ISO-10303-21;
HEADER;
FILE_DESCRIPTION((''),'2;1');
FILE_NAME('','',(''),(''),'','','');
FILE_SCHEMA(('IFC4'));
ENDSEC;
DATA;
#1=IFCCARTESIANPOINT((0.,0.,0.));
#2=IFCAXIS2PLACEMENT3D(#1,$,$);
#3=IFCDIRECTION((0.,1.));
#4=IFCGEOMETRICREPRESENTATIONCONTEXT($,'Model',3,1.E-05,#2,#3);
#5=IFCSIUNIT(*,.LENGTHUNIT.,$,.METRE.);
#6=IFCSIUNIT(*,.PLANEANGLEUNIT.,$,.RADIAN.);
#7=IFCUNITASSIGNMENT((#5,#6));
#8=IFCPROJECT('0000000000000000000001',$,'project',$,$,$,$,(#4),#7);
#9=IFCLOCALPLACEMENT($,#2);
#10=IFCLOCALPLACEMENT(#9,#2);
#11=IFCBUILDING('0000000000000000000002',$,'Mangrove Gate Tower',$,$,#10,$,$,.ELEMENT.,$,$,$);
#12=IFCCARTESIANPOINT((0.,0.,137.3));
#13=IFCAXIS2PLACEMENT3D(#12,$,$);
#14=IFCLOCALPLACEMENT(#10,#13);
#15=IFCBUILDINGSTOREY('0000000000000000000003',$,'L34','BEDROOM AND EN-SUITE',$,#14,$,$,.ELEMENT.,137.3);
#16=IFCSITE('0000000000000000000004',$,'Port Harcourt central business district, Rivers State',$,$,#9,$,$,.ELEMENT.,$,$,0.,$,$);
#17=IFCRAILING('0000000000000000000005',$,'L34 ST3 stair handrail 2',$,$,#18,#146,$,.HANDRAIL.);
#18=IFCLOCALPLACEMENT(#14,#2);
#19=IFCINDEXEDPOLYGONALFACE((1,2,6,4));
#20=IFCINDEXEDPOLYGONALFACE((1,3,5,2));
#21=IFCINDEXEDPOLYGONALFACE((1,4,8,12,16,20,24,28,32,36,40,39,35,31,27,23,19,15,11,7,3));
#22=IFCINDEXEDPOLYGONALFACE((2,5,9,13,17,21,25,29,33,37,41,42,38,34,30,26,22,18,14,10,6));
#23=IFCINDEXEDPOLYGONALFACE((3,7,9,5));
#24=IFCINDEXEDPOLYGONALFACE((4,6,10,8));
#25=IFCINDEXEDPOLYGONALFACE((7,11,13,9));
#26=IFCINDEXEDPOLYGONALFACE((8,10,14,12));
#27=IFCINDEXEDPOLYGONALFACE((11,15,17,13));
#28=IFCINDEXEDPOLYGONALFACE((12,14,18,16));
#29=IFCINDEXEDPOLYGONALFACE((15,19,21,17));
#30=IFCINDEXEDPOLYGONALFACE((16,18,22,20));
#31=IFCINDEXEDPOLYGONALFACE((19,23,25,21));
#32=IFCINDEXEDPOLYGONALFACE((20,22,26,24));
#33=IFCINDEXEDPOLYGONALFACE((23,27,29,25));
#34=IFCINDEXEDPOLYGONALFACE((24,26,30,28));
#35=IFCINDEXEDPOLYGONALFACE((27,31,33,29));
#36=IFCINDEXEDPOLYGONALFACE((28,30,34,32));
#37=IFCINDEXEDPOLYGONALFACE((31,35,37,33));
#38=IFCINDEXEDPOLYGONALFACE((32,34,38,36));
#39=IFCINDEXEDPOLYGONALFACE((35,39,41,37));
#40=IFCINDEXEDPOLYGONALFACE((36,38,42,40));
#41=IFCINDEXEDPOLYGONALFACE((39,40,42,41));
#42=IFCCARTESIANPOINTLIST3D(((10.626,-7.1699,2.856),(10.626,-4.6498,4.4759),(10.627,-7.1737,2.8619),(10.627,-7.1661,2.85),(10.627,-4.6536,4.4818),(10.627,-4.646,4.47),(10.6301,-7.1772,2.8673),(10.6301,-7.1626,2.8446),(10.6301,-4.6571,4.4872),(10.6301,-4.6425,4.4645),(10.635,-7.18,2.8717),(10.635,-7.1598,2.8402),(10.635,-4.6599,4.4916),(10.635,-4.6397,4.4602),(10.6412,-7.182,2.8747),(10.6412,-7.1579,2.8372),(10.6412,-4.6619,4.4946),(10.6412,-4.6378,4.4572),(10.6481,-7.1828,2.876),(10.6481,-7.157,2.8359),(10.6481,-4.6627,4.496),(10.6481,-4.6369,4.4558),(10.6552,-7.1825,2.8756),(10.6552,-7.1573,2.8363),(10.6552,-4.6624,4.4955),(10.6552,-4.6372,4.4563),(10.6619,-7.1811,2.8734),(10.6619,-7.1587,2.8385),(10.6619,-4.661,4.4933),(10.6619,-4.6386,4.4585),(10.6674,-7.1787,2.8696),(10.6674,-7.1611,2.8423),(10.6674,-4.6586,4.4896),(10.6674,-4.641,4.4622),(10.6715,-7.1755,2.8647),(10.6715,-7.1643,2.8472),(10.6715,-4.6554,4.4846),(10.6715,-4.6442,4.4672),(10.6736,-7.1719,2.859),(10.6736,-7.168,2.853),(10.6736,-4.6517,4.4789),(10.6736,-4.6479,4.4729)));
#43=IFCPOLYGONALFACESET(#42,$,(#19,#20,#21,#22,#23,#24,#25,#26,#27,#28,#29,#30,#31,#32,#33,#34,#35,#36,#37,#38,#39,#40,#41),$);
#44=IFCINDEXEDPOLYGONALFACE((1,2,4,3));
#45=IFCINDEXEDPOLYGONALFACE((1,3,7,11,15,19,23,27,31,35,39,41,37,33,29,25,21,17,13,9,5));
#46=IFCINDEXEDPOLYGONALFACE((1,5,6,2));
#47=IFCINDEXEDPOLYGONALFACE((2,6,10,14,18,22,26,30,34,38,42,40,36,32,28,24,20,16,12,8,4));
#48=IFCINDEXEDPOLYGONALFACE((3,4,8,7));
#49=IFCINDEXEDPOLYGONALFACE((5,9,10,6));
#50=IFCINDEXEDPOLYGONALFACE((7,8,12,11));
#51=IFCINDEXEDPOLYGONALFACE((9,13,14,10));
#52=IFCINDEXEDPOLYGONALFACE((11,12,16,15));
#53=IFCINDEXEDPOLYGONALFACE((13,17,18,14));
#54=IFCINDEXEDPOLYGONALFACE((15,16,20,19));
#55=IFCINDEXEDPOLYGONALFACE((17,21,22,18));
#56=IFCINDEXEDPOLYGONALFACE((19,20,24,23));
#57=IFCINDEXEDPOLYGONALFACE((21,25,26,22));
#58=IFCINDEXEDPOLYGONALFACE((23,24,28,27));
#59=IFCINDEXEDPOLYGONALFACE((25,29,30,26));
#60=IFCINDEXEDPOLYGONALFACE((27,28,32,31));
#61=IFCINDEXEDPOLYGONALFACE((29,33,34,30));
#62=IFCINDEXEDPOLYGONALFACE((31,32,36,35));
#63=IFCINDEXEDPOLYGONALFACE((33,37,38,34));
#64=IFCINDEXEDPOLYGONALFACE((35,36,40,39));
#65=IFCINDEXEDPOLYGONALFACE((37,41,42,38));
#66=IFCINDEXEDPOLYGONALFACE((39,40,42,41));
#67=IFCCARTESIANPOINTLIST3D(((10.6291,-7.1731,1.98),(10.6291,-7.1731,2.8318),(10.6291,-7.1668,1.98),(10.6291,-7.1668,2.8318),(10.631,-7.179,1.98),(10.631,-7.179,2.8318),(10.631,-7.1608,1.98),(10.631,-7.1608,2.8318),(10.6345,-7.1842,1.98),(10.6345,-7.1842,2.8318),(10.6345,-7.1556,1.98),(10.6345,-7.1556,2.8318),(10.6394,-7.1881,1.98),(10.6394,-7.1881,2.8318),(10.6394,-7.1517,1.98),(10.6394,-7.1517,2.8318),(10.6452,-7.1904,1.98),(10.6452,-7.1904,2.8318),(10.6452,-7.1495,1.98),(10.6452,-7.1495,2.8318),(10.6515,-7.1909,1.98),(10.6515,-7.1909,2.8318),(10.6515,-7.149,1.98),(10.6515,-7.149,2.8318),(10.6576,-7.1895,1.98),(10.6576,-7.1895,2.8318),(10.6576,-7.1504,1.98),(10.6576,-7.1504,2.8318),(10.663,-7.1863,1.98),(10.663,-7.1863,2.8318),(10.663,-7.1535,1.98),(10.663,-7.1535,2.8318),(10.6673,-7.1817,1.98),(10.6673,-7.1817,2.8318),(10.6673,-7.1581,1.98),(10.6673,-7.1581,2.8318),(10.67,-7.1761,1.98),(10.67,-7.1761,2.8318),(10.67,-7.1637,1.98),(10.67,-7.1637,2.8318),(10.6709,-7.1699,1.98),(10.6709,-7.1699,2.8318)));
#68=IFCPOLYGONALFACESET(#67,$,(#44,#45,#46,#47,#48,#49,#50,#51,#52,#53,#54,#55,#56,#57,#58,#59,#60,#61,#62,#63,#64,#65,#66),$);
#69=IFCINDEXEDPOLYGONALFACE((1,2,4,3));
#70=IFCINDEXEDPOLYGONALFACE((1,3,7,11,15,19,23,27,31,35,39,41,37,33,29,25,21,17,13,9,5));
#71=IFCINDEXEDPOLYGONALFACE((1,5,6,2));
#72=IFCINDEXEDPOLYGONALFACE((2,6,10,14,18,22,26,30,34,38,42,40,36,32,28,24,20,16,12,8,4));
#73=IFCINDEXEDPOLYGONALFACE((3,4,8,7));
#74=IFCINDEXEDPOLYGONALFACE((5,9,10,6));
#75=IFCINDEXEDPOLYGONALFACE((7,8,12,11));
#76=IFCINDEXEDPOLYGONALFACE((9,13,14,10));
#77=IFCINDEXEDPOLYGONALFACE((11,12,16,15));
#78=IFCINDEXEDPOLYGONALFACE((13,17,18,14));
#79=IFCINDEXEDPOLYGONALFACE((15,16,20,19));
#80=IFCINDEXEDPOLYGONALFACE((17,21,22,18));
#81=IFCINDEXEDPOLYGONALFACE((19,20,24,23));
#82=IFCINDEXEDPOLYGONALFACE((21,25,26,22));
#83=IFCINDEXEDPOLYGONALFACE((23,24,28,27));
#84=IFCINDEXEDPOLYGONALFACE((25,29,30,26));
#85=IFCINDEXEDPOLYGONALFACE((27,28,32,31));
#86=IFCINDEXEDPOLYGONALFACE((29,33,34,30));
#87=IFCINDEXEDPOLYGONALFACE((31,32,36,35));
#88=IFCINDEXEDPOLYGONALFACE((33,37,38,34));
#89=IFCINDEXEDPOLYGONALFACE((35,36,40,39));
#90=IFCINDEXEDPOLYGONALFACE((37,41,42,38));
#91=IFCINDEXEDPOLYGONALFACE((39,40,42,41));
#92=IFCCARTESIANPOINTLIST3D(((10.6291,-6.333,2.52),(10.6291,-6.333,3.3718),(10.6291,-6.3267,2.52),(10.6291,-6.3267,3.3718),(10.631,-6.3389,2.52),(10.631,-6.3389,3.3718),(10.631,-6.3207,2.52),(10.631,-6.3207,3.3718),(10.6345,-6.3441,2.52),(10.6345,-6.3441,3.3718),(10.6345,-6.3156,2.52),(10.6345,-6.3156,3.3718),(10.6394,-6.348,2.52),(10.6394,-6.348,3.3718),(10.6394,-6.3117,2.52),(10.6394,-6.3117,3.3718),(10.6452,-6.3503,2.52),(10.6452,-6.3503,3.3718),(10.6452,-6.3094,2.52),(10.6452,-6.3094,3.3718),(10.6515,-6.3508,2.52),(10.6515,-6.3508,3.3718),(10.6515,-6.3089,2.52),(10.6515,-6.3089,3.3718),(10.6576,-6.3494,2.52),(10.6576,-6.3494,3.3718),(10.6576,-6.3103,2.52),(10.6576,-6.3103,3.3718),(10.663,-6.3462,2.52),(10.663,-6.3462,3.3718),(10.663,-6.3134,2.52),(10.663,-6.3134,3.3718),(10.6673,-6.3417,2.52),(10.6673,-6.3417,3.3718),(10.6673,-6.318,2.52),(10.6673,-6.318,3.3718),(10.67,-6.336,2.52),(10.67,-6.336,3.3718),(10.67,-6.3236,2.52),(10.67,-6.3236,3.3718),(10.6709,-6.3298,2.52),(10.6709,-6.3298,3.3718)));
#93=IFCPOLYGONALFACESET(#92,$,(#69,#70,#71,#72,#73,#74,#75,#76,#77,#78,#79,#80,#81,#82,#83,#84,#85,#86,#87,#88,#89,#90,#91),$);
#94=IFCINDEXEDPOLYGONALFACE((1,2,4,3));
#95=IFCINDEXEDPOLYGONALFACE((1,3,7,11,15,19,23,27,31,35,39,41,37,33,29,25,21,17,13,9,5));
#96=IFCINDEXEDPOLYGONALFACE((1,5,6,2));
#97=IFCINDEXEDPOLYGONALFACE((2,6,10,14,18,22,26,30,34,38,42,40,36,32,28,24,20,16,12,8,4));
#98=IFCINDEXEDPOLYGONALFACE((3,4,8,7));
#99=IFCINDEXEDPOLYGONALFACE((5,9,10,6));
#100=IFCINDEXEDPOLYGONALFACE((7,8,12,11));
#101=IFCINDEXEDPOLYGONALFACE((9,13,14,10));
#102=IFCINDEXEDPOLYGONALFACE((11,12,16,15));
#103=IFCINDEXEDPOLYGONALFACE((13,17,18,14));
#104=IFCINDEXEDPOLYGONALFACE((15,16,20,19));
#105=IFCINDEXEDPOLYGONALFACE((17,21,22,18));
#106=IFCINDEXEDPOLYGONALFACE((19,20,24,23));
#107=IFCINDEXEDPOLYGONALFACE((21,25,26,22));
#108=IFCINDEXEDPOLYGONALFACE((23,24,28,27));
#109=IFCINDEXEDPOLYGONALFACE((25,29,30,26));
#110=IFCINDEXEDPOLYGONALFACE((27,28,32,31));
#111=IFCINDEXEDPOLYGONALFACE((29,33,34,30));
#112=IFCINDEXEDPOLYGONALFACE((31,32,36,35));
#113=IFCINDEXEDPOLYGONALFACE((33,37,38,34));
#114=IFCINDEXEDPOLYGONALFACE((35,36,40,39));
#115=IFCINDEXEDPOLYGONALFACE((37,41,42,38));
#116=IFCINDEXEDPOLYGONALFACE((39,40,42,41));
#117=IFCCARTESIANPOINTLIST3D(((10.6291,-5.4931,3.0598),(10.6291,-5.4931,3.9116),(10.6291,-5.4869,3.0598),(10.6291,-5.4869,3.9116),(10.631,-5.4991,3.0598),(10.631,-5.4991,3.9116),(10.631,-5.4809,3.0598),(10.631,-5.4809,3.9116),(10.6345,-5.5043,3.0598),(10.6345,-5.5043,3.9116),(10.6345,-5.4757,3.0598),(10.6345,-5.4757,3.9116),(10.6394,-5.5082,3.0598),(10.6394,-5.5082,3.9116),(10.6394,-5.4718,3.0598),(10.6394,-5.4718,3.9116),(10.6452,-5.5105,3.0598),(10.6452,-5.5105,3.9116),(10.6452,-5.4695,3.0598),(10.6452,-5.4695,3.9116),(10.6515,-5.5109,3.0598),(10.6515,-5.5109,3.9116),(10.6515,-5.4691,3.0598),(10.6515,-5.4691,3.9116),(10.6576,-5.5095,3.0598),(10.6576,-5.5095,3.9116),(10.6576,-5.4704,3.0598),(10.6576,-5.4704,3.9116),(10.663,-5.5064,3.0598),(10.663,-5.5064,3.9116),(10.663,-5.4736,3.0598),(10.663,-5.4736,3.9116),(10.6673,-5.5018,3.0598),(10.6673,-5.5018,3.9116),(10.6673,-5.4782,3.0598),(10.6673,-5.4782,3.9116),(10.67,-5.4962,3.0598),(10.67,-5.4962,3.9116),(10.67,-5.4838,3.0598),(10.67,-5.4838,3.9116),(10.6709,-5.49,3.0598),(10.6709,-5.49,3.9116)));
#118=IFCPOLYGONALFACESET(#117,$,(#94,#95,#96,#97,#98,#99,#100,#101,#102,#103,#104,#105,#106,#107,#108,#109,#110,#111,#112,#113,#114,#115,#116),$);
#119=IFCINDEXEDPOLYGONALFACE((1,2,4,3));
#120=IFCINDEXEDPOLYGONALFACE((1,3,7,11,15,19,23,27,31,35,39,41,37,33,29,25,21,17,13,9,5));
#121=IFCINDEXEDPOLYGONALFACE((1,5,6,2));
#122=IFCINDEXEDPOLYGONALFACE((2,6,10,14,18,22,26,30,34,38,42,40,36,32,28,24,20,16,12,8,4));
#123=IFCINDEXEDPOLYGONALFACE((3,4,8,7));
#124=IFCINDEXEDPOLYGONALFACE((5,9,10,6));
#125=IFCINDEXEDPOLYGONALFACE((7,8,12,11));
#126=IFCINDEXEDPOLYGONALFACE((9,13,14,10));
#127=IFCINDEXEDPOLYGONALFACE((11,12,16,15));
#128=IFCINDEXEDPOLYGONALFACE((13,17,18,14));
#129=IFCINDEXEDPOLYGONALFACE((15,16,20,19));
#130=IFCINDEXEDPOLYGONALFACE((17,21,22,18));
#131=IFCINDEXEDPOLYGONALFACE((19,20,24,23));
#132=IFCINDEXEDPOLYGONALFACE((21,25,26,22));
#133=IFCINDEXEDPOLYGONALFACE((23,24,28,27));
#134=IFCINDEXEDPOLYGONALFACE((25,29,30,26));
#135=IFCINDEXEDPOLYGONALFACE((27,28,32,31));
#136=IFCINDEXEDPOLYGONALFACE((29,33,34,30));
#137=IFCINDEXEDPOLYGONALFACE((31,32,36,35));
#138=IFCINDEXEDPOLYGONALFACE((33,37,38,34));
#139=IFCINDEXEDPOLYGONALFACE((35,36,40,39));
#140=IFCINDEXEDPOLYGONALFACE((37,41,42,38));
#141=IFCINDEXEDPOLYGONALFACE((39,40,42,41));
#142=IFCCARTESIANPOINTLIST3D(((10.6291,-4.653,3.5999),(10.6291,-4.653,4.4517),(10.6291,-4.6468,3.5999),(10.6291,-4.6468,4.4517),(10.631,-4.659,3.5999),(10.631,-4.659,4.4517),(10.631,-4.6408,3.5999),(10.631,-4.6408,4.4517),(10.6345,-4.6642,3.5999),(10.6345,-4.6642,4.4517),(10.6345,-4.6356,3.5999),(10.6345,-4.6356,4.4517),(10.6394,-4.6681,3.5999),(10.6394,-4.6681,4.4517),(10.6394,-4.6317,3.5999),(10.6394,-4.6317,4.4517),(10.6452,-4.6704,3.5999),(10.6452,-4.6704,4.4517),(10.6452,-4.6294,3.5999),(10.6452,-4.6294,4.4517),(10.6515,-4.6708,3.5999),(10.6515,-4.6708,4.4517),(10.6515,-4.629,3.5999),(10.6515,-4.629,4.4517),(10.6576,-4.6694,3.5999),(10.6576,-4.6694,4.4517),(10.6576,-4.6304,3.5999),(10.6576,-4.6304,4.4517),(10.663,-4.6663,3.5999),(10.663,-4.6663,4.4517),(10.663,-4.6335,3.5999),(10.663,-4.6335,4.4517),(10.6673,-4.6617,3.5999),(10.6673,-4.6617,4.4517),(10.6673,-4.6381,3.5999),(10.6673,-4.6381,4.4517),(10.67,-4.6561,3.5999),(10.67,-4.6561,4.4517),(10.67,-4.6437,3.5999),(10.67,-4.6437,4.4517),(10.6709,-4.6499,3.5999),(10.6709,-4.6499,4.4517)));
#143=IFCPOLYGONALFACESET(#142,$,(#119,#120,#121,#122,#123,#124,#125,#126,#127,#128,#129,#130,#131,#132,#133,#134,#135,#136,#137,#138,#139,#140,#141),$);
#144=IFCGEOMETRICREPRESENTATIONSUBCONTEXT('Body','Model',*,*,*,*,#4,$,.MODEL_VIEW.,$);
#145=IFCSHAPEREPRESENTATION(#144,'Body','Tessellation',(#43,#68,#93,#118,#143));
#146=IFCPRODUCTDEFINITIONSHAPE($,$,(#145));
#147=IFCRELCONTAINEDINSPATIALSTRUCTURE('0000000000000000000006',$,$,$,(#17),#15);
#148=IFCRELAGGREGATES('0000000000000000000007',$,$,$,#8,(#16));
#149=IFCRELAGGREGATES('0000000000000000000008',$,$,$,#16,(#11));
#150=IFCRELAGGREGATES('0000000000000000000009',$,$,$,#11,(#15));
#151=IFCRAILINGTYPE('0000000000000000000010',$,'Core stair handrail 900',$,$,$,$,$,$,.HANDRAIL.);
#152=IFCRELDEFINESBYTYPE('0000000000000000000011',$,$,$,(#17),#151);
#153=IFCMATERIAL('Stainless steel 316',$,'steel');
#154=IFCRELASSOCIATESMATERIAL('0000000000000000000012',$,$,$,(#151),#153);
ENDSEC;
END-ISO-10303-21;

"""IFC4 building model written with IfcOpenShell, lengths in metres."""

from ifc_helpers import new_model, si_unit, direction, frame, origin, origin_2d, place, context, subcontext, project, spatial, circle, extrude, material, type_object, element, save


model = new_model("IFC4")

# Units and contexts
model_context = context("Model", 3, precision=1e-05, world=origin(), true_north=direction((0.0, 1.0)))
body_context = subcontext(model_context, "Body", "Model", "MODEL_VIEW")
ifc_project = project(units=[si_unit("LENGTHUNIT", "METRE"), si_unit("PLANEANGLEUNIT", "RADIAN")], contexts=[model_context])

# Site, building, storey
site_placement = place(None, origin())
site = spatial("IfcSite", under=ifc_project, at=site_placement, Name="Port Harcourt central business district, Rivers State", CompositionType="ELEMENT", RefElevation=0.0)
building_placement = place(site_placement, origin())
building = spatial("IfcBuilding", under=site, at=building_placement, Name="Mangrove Gate Tower", CompositionType="ELEMENT")
storey_placement = place(building_placement, frame((0.0, 0.0, 137.3)))
storey = spatial("IfcBuildingStorey", under=building, at=storey_placement, Name="L34", Description="BEDROOM AND EN-SUITE", CompositionType="ELEMENT", Elevation=137.3)

# Railing
ifc_material_1 = material(Name="Stainless steel 316", Category="steel")
railing_type_1 = type_object("IfcRailingType", Name="Core stair handrail 900", PredefinedType="HANDRAIL", material=ifc_material_1)
railing_1_placement = place(storey_placement, frame((10.6499, -7.1699, 1.98)))
element("IfcRailing", 1, at=railing_1_placement, inside=storey, type_object=railing_type_1, Name="L34 ST3 stair handrail 2", PredefinedType="HANDRAIL", context=body_context, shape_type="SweptSolid", body=[
    extrude(circle(Radius=0.0239, at=origin_2d()), frame((0.0, 0.0, 0.876), z_axis=(0.0, 0.8412, 0.540725), x_axis=(-1.0, 0.0, 0.0)), (0.0, 0.0, 1.0), 2.9958),
    extrude(circle(Radius=0.021, at=origin_2d()), origin(), (0.0, 0.0, 1.0), 0.8518),
    extrude(circle(Radius=0.021, at=origin_2d()), frame((0.0, 0.8401, 0.54)), (0.0, 0.0, 1.0), 0.8518),
    extrude(circle(Radius=0.021, at=origin_2d()), frame((0.0, 1.6799, 1.0798)), (0.0, 0.0, 1.0), 0.8518),
    extrude(circle(Radius=0.021, at=origin_2d()), frame((0.0, 2.52, 1.6199)), (0.0, 0.0, 1.0), 0.8518),
])

save(model, "model.ifc")
